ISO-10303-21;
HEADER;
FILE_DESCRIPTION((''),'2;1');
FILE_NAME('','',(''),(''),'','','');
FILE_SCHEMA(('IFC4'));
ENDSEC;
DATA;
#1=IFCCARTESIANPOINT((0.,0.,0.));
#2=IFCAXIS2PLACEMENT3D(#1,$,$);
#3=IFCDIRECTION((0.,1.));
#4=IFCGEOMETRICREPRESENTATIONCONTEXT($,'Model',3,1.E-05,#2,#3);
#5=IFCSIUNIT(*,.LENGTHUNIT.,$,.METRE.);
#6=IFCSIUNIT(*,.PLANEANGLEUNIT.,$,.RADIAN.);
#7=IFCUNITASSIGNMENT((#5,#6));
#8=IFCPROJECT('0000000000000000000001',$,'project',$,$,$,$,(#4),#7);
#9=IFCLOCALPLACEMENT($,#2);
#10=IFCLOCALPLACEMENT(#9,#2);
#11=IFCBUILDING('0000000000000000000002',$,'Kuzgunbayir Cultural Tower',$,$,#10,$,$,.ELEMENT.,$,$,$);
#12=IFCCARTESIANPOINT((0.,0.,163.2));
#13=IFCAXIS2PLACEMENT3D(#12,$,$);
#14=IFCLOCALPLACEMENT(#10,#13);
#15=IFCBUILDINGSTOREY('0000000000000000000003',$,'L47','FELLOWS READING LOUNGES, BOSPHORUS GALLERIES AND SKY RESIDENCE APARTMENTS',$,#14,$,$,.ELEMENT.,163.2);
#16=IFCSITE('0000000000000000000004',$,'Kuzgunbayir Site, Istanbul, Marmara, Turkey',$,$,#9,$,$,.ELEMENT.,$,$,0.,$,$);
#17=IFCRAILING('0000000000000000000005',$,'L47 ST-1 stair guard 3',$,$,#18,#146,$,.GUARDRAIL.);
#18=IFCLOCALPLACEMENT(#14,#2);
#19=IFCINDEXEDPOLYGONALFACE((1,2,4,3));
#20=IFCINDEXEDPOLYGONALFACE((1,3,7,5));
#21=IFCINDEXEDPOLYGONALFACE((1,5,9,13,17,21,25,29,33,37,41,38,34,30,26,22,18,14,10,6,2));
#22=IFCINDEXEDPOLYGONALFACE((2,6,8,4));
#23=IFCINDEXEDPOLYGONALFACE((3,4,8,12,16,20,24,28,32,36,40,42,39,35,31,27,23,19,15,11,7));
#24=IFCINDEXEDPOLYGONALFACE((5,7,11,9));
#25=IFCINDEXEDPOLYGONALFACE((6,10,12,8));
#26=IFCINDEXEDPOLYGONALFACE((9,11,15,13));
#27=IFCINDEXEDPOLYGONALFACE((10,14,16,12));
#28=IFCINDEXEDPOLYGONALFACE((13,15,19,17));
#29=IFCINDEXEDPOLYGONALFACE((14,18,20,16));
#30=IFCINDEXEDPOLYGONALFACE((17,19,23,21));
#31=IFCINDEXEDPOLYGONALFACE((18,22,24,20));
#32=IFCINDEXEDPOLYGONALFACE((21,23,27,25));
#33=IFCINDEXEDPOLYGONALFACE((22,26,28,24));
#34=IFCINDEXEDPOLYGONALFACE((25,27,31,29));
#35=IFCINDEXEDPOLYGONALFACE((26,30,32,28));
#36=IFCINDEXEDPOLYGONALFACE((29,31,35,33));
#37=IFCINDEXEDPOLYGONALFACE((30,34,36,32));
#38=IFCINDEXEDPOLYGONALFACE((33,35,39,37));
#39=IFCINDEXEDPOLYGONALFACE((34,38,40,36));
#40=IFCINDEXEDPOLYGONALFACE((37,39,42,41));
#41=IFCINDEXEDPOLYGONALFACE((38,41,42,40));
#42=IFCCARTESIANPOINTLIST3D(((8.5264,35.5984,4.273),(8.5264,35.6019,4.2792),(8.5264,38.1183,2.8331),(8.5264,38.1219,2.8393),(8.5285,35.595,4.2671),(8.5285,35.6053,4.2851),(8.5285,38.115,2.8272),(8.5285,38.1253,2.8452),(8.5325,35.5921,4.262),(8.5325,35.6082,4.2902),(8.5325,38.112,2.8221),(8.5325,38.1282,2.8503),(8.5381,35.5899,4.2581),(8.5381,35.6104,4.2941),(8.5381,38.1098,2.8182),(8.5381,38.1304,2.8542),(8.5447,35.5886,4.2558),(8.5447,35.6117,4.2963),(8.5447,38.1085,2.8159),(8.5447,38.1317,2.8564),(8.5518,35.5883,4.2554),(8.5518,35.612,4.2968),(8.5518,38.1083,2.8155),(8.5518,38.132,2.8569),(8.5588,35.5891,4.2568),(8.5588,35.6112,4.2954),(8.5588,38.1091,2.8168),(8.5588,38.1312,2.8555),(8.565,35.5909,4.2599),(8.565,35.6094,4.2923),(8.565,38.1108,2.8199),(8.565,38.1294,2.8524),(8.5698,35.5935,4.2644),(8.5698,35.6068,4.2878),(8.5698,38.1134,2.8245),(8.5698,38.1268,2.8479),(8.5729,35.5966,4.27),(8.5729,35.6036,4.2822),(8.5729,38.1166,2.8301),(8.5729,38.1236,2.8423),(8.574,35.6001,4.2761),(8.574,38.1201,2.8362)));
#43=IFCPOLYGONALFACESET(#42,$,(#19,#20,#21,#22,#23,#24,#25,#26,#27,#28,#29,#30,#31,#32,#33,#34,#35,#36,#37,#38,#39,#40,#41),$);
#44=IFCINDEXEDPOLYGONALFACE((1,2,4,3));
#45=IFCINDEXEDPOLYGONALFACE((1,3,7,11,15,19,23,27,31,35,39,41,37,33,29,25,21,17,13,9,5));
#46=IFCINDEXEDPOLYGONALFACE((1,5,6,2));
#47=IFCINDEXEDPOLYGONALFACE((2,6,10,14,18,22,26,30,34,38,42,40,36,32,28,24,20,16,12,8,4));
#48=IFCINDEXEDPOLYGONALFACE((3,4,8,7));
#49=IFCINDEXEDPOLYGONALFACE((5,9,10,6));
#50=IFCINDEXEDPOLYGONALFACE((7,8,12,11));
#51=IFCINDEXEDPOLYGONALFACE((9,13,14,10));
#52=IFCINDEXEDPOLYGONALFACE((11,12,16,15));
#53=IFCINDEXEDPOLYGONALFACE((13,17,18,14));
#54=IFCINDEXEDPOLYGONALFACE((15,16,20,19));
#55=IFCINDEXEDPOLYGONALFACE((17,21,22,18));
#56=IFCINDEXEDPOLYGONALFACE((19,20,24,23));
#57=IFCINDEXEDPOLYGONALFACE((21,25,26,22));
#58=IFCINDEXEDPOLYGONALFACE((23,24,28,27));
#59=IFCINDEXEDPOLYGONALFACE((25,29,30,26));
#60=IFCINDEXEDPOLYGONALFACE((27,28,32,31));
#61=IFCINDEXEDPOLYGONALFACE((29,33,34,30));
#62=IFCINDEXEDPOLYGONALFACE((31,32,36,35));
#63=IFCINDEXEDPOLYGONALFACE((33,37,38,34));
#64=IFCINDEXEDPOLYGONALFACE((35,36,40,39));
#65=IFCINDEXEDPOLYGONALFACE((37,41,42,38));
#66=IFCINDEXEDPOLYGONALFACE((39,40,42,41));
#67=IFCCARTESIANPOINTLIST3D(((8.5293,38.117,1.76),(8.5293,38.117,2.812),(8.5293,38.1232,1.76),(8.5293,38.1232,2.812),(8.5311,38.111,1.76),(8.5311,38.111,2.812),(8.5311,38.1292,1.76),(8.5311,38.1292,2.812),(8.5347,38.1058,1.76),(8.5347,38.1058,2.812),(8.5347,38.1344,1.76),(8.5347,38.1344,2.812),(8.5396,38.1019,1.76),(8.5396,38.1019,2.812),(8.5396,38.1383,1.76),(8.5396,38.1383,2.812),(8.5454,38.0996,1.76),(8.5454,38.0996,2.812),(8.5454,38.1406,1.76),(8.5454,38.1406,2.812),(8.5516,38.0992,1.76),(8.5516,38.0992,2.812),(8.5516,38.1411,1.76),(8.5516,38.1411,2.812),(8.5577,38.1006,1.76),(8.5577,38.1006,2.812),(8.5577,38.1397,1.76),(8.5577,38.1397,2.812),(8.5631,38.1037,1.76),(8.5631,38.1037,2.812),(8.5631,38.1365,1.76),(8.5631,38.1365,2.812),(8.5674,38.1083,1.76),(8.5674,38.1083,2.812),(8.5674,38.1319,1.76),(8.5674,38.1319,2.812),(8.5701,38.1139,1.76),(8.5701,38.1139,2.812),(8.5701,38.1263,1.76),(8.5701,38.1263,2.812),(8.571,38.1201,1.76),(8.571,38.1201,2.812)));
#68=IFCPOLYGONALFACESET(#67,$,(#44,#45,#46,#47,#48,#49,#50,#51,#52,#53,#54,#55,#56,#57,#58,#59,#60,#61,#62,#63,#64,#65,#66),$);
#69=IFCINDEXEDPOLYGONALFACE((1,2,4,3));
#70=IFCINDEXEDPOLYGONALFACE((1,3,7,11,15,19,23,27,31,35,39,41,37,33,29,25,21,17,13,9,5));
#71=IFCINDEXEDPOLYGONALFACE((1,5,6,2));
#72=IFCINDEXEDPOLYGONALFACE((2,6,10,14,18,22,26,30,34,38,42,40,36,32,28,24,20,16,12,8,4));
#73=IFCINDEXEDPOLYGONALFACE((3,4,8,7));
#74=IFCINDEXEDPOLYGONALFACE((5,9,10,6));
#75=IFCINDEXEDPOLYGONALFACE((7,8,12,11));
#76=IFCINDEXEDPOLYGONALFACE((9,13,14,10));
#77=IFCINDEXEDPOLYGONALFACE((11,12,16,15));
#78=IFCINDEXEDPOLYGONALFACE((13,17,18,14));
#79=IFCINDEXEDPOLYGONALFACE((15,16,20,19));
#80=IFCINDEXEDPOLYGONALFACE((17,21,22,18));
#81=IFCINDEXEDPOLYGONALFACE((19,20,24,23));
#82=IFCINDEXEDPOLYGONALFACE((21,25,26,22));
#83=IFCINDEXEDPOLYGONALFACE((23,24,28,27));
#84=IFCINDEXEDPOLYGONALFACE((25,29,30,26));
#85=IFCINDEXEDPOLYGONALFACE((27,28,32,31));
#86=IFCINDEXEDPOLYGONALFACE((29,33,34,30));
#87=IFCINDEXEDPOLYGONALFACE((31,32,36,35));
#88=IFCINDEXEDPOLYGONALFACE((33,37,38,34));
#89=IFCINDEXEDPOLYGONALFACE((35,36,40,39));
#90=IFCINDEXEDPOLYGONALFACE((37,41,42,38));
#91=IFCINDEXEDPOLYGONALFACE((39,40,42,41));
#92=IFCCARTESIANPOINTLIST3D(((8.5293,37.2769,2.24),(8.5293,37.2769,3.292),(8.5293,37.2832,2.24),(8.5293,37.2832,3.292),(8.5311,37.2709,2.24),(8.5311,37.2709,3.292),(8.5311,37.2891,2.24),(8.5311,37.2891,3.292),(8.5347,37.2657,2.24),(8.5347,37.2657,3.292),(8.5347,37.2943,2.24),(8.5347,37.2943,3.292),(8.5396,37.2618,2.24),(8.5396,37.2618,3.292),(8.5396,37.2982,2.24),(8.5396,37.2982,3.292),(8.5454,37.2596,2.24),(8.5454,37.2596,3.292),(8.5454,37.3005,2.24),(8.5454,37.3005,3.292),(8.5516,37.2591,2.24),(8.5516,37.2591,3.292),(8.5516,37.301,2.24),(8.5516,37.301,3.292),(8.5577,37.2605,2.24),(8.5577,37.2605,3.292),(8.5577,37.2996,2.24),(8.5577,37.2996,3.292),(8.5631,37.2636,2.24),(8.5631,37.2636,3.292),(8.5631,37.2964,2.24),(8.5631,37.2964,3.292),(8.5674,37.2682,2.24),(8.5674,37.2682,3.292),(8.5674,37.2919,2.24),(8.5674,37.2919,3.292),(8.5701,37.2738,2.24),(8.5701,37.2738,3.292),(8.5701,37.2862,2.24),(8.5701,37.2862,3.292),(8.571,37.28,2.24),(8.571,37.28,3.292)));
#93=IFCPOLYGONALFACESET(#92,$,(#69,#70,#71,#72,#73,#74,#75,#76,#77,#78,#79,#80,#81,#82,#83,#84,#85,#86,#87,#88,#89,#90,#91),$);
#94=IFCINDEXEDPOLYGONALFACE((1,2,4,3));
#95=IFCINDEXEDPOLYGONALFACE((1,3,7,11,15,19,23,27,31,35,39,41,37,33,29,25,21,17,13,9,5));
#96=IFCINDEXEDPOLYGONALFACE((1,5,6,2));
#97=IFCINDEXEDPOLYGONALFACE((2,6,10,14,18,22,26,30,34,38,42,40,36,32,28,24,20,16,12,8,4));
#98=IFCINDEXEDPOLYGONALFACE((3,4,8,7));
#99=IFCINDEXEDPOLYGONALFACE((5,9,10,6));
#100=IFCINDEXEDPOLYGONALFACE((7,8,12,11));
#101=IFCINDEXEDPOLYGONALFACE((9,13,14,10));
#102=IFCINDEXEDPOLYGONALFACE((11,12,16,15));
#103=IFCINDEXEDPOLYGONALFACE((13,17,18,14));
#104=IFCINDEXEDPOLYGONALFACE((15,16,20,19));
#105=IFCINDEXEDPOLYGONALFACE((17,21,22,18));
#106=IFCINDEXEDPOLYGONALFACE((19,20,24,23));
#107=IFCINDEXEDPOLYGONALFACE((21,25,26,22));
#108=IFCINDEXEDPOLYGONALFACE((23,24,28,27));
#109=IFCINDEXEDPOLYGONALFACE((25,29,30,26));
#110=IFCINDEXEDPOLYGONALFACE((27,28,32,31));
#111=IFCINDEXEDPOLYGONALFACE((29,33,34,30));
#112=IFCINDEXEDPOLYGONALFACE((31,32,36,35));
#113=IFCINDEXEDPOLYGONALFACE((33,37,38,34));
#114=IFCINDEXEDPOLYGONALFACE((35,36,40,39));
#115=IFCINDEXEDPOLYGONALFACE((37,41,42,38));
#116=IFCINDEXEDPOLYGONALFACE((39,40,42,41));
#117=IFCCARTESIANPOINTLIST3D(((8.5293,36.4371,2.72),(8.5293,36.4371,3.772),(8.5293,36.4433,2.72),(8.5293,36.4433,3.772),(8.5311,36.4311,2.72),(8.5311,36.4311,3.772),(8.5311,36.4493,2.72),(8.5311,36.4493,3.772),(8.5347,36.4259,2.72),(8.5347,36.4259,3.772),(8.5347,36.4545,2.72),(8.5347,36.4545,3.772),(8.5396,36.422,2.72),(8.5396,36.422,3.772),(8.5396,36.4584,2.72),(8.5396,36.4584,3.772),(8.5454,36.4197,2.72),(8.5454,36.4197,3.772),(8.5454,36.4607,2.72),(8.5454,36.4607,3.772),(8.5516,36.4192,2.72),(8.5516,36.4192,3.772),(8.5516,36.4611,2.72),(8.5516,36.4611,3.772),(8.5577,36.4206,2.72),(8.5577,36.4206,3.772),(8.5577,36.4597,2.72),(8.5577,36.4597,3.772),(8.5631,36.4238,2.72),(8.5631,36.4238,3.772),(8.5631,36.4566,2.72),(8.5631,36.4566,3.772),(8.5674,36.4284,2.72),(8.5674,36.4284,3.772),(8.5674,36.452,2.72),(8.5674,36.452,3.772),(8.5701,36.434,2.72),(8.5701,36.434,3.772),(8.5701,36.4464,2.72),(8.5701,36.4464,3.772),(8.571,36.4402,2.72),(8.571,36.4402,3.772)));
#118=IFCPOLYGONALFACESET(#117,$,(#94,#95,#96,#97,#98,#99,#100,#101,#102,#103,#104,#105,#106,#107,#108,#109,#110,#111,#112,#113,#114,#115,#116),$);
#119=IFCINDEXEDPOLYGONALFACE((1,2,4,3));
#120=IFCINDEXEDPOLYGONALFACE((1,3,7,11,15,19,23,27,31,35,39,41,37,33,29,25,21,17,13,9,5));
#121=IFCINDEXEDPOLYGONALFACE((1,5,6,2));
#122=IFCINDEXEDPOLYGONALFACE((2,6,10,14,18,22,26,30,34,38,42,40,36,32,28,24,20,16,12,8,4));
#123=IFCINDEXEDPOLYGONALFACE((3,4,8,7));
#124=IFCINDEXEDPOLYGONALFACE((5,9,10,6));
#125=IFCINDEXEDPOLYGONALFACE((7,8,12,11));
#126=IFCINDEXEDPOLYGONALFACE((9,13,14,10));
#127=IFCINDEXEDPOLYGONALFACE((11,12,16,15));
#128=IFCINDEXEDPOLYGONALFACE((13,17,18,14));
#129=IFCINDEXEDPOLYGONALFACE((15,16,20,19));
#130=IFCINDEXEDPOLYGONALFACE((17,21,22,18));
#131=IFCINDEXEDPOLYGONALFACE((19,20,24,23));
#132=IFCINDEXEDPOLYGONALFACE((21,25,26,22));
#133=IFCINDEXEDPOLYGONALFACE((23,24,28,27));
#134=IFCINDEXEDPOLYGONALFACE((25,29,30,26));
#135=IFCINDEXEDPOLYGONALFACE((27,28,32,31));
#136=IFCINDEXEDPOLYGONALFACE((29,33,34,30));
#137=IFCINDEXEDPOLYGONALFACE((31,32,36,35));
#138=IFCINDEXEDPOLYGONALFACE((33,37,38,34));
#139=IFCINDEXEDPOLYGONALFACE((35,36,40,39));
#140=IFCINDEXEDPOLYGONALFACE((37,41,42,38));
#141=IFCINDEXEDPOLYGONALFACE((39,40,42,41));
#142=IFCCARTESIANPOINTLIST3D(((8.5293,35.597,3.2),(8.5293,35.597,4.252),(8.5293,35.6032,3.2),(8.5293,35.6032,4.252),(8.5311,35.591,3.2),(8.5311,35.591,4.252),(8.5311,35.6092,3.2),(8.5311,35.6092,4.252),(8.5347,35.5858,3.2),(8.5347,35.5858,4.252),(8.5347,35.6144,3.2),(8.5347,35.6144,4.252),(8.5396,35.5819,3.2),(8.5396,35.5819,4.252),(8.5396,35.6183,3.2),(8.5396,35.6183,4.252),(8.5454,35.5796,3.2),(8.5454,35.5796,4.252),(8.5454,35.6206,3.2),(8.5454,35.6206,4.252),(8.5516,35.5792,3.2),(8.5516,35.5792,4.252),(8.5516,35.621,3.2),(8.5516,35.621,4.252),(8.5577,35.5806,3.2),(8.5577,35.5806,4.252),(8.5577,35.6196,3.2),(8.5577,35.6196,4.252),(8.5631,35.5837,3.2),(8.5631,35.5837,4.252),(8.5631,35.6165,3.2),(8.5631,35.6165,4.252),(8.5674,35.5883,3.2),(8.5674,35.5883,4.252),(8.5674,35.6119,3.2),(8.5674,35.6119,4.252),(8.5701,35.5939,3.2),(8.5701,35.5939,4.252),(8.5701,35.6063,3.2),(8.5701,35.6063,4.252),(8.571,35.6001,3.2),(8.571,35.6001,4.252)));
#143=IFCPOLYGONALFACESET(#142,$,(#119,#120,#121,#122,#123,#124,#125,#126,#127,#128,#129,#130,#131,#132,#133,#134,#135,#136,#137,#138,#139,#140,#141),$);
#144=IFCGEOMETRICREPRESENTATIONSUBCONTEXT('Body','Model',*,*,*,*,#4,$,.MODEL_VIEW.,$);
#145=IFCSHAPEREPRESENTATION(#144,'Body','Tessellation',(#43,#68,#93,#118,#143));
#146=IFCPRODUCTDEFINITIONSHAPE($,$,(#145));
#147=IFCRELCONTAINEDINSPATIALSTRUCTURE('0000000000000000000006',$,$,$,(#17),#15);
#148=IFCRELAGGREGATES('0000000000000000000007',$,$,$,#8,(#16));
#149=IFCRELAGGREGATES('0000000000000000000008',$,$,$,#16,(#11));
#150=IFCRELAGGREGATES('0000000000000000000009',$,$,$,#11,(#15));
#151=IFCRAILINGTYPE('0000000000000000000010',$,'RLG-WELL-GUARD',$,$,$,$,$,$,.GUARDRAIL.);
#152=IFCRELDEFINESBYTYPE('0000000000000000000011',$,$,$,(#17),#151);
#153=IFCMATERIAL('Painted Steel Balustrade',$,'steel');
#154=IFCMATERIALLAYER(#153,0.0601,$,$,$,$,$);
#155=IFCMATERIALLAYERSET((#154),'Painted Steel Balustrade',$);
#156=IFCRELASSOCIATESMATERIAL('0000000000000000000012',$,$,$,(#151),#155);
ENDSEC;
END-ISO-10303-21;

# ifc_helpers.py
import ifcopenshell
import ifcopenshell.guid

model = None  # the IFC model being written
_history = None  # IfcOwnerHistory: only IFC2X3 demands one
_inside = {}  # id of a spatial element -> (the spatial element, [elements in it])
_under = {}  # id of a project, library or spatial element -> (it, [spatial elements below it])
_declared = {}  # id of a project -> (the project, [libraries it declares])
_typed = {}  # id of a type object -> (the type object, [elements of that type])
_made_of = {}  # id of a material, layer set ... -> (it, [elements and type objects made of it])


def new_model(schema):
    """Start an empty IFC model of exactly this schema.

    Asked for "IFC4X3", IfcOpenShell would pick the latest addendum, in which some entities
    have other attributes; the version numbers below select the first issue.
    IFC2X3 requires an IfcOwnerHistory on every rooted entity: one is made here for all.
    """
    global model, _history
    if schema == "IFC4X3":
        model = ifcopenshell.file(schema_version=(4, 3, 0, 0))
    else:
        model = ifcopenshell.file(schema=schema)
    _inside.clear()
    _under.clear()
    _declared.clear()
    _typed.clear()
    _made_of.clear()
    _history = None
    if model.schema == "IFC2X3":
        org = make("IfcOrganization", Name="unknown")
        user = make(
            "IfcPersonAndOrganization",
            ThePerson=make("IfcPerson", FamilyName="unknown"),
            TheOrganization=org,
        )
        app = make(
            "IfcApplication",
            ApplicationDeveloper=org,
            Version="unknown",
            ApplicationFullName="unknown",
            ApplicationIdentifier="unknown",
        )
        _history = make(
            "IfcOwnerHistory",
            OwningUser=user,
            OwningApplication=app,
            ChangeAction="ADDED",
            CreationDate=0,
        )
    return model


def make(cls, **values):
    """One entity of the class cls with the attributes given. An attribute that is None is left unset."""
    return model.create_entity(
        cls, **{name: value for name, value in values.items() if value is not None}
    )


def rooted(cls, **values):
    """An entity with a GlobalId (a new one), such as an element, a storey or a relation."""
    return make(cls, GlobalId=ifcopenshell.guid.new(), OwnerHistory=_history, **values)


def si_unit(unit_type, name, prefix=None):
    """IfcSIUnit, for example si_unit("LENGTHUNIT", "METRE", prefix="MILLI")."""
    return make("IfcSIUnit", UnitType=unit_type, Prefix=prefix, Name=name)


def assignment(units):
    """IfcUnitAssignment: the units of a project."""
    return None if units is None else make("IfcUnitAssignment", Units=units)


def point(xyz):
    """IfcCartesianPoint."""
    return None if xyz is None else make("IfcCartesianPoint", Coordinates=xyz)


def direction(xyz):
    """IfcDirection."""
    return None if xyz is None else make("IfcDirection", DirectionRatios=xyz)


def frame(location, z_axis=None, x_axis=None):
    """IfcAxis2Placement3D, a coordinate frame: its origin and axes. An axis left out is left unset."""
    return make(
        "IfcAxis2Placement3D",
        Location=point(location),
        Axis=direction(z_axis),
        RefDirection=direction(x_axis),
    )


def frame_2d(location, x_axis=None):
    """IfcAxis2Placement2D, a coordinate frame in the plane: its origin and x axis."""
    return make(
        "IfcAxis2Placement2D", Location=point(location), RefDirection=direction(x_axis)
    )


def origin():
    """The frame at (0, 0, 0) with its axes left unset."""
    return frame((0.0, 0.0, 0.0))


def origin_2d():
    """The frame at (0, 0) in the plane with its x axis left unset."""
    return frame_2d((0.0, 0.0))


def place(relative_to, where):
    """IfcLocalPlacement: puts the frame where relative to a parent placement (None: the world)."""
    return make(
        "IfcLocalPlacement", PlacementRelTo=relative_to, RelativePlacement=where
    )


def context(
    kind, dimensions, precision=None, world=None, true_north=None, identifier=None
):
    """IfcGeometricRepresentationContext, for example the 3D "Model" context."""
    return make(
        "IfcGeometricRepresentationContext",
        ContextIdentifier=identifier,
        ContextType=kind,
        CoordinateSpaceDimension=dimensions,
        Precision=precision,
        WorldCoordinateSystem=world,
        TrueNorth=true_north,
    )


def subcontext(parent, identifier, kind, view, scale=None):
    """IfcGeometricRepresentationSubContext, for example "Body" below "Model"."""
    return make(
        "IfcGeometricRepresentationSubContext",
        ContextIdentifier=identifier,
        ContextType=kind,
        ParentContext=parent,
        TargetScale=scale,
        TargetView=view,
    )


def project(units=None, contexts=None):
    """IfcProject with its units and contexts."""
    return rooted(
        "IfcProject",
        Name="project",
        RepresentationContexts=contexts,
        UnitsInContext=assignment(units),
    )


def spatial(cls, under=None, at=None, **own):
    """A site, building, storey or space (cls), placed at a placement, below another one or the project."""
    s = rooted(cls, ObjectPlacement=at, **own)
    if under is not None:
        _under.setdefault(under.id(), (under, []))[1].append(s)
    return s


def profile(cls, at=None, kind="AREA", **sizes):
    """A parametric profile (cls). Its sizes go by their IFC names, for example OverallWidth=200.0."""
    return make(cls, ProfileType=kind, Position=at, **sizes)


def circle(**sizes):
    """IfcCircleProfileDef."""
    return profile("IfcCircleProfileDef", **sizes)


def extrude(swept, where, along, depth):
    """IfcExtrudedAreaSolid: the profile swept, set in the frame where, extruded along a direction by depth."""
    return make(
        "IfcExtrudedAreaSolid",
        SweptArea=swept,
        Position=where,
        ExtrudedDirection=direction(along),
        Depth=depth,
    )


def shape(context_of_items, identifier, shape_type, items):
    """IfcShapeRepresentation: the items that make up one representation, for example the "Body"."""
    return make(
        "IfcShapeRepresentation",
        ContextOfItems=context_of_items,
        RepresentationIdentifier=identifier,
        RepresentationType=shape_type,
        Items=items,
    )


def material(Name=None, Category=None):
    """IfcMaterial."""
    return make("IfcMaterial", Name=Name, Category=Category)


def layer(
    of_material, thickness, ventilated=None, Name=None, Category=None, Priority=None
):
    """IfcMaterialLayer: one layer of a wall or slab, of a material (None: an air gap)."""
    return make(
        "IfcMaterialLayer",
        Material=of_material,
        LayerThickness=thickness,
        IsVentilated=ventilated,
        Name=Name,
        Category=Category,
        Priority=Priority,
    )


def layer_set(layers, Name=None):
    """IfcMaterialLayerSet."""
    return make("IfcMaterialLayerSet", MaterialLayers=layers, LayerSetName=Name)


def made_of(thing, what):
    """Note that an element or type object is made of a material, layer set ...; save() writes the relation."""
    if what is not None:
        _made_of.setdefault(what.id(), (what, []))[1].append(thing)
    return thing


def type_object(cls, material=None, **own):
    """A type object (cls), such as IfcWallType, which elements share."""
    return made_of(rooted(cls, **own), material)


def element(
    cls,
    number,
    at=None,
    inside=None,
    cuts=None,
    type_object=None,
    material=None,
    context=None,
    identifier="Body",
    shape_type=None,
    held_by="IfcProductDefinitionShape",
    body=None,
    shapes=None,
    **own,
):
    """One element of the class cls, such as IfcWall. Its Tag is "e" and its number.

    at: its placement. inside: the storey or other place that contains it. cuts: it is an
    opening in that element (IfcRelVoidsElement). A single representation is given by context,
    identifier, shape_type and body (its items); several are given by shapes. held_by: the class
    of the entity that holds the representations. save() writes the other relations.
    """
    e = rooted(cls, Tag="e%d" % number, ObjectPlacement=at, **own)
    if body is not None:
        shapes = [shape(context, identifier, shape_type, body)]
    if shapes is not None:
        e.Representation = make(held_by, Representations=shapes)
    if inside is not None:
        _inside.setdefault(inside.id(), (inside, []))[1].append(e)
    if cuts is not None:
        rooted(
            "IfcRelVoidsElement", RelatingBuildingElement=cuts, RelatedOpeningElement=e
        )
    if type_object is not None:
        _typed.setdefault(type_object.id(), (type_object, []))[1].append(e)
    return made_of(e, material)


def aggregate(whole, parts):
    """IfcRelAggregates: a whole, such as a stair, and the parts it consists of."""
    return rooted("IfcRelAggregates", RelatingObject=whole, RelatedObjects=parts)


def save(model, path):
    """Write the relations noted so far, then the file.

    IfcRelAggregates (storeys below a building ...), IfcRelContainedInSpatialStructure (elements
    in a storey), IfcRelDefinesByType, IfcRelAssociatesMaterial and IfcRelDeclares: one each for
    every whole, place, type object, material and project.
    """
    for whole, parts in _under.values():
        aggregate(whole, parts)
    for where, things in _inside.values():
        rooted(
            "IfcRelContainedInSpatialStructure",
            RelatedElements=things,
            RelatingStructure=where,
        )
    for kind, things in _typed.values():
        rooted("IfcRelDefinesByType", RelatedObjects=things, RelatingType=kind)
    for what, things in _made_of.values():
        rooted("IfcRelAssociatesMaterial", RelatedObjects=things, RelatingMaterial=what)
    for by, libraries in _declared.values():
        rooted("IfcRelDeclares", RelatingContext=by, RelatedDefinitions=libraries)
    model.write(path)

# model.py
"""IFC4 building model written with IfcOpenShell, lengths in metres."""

from ifc_helpers import new_model, si_unit, direction, frame, origin, origin_2d, place, context, subcontext, project, spatial, circle, extrude, material, layer, layer_set, type_object, element, save


model = new_model("IFC4")

# Units and contexts
model_context = context("Model", 3, precision=1e-05, world=origin(), true_north=direction((0.0, 1.0)))
body_context = subcontext(model_context, "Body", "Model", "MODEL_VIEW")
ifc_project = project(units=[si_unit("LENGTHUNIT", "METRE"), si_unit("PLANEANGLEUNIT", "RADIAN")], contexts=[model_context])

# Site, building, storey
site_placement = place(None, origin())
site = spatial("IfcSite", under=ifc_project, at=site_placement, Name="Kuzgunbayir Site, Istanbul, Marmara, Turkey", CompositionType="ELEMENT", RefElevation=0.0)
building_placement = place(site_placement, origin())
building = spatial("IfcBuilding", under=site, at=building_placement, Name="Kuzgunbayir Cultural Tower", CompositionType="ELEMENT")
storey_placement = place(building_placement, frame((0.0, 0.0, 163.2)))
storey = spatial("IfcBuildingStorey", under=building, at=storey_placement, Name="L47", Description="FELLOWS READING LOUNGES, BOSPHORUS GALLERIES AND SKY RESIDENCE APARTMENTS", CompositionType="ELEMENT", Elevation=163.2)

# Railing
ifc_material_1 = material(Name="Painted Steel Balustrade", Category="steel")
ifc_layer_1 = layer(ifc_material_1, 0.0601)
ifc_layer_set_1 = layer_set([ifc_layer_1], Name="Painted Steel Balustrade")
railing_type_1 = type_object("IfcRailingType", Name="RLG-WELL-GUARD", PredefinedType="GUARDRAIL", material=ifc_layer_set_1)
railing_1_placement = place(storey_placement, frame((8.55, 38.1201, 1.76)))
element("IfcRailing", 1, at=railing_1_placement, inside=storey, type_object=railing_type_1, Name="L47 ST-1 stair guard 3", PredefinedType="GUARDRAIL", context=body_context, shape_type="SweptSolid", body=[
    extrude(circle(Radius=0.0239, at=origin_2d()), frame((0.0, 0.0, 1.0762), z_axis=(0.0, -0.868253, 0.496121), x_axis=(1.0, 0.0, 0.0)), (0.0, 0.0, 1.0), 2.9023),
    extrude(circle(Radius=0.021, at=origin_2d()), origin(), (0.0, 0.0, 1.0), 1.052),
    extrude(circle(Radius=0.021, at=origin_2d()), frame((0.0, -0.8401, 0.48)), (0.0, 0.0, 1.0), 1.052),
    extrude(circle(Radius=0.021, at=origin_2d()), frame((0.0, -1.6799, 0.96)), (0.0, 0.0, 1.0), 1.052),
    extrude(circle(Radius=0.021, at=origin_2d()), frame((0.0, -2.52, 1.4399)), (0.0, 0.0, 1.0), 1.052),
])

save(model, "model.ifc")
